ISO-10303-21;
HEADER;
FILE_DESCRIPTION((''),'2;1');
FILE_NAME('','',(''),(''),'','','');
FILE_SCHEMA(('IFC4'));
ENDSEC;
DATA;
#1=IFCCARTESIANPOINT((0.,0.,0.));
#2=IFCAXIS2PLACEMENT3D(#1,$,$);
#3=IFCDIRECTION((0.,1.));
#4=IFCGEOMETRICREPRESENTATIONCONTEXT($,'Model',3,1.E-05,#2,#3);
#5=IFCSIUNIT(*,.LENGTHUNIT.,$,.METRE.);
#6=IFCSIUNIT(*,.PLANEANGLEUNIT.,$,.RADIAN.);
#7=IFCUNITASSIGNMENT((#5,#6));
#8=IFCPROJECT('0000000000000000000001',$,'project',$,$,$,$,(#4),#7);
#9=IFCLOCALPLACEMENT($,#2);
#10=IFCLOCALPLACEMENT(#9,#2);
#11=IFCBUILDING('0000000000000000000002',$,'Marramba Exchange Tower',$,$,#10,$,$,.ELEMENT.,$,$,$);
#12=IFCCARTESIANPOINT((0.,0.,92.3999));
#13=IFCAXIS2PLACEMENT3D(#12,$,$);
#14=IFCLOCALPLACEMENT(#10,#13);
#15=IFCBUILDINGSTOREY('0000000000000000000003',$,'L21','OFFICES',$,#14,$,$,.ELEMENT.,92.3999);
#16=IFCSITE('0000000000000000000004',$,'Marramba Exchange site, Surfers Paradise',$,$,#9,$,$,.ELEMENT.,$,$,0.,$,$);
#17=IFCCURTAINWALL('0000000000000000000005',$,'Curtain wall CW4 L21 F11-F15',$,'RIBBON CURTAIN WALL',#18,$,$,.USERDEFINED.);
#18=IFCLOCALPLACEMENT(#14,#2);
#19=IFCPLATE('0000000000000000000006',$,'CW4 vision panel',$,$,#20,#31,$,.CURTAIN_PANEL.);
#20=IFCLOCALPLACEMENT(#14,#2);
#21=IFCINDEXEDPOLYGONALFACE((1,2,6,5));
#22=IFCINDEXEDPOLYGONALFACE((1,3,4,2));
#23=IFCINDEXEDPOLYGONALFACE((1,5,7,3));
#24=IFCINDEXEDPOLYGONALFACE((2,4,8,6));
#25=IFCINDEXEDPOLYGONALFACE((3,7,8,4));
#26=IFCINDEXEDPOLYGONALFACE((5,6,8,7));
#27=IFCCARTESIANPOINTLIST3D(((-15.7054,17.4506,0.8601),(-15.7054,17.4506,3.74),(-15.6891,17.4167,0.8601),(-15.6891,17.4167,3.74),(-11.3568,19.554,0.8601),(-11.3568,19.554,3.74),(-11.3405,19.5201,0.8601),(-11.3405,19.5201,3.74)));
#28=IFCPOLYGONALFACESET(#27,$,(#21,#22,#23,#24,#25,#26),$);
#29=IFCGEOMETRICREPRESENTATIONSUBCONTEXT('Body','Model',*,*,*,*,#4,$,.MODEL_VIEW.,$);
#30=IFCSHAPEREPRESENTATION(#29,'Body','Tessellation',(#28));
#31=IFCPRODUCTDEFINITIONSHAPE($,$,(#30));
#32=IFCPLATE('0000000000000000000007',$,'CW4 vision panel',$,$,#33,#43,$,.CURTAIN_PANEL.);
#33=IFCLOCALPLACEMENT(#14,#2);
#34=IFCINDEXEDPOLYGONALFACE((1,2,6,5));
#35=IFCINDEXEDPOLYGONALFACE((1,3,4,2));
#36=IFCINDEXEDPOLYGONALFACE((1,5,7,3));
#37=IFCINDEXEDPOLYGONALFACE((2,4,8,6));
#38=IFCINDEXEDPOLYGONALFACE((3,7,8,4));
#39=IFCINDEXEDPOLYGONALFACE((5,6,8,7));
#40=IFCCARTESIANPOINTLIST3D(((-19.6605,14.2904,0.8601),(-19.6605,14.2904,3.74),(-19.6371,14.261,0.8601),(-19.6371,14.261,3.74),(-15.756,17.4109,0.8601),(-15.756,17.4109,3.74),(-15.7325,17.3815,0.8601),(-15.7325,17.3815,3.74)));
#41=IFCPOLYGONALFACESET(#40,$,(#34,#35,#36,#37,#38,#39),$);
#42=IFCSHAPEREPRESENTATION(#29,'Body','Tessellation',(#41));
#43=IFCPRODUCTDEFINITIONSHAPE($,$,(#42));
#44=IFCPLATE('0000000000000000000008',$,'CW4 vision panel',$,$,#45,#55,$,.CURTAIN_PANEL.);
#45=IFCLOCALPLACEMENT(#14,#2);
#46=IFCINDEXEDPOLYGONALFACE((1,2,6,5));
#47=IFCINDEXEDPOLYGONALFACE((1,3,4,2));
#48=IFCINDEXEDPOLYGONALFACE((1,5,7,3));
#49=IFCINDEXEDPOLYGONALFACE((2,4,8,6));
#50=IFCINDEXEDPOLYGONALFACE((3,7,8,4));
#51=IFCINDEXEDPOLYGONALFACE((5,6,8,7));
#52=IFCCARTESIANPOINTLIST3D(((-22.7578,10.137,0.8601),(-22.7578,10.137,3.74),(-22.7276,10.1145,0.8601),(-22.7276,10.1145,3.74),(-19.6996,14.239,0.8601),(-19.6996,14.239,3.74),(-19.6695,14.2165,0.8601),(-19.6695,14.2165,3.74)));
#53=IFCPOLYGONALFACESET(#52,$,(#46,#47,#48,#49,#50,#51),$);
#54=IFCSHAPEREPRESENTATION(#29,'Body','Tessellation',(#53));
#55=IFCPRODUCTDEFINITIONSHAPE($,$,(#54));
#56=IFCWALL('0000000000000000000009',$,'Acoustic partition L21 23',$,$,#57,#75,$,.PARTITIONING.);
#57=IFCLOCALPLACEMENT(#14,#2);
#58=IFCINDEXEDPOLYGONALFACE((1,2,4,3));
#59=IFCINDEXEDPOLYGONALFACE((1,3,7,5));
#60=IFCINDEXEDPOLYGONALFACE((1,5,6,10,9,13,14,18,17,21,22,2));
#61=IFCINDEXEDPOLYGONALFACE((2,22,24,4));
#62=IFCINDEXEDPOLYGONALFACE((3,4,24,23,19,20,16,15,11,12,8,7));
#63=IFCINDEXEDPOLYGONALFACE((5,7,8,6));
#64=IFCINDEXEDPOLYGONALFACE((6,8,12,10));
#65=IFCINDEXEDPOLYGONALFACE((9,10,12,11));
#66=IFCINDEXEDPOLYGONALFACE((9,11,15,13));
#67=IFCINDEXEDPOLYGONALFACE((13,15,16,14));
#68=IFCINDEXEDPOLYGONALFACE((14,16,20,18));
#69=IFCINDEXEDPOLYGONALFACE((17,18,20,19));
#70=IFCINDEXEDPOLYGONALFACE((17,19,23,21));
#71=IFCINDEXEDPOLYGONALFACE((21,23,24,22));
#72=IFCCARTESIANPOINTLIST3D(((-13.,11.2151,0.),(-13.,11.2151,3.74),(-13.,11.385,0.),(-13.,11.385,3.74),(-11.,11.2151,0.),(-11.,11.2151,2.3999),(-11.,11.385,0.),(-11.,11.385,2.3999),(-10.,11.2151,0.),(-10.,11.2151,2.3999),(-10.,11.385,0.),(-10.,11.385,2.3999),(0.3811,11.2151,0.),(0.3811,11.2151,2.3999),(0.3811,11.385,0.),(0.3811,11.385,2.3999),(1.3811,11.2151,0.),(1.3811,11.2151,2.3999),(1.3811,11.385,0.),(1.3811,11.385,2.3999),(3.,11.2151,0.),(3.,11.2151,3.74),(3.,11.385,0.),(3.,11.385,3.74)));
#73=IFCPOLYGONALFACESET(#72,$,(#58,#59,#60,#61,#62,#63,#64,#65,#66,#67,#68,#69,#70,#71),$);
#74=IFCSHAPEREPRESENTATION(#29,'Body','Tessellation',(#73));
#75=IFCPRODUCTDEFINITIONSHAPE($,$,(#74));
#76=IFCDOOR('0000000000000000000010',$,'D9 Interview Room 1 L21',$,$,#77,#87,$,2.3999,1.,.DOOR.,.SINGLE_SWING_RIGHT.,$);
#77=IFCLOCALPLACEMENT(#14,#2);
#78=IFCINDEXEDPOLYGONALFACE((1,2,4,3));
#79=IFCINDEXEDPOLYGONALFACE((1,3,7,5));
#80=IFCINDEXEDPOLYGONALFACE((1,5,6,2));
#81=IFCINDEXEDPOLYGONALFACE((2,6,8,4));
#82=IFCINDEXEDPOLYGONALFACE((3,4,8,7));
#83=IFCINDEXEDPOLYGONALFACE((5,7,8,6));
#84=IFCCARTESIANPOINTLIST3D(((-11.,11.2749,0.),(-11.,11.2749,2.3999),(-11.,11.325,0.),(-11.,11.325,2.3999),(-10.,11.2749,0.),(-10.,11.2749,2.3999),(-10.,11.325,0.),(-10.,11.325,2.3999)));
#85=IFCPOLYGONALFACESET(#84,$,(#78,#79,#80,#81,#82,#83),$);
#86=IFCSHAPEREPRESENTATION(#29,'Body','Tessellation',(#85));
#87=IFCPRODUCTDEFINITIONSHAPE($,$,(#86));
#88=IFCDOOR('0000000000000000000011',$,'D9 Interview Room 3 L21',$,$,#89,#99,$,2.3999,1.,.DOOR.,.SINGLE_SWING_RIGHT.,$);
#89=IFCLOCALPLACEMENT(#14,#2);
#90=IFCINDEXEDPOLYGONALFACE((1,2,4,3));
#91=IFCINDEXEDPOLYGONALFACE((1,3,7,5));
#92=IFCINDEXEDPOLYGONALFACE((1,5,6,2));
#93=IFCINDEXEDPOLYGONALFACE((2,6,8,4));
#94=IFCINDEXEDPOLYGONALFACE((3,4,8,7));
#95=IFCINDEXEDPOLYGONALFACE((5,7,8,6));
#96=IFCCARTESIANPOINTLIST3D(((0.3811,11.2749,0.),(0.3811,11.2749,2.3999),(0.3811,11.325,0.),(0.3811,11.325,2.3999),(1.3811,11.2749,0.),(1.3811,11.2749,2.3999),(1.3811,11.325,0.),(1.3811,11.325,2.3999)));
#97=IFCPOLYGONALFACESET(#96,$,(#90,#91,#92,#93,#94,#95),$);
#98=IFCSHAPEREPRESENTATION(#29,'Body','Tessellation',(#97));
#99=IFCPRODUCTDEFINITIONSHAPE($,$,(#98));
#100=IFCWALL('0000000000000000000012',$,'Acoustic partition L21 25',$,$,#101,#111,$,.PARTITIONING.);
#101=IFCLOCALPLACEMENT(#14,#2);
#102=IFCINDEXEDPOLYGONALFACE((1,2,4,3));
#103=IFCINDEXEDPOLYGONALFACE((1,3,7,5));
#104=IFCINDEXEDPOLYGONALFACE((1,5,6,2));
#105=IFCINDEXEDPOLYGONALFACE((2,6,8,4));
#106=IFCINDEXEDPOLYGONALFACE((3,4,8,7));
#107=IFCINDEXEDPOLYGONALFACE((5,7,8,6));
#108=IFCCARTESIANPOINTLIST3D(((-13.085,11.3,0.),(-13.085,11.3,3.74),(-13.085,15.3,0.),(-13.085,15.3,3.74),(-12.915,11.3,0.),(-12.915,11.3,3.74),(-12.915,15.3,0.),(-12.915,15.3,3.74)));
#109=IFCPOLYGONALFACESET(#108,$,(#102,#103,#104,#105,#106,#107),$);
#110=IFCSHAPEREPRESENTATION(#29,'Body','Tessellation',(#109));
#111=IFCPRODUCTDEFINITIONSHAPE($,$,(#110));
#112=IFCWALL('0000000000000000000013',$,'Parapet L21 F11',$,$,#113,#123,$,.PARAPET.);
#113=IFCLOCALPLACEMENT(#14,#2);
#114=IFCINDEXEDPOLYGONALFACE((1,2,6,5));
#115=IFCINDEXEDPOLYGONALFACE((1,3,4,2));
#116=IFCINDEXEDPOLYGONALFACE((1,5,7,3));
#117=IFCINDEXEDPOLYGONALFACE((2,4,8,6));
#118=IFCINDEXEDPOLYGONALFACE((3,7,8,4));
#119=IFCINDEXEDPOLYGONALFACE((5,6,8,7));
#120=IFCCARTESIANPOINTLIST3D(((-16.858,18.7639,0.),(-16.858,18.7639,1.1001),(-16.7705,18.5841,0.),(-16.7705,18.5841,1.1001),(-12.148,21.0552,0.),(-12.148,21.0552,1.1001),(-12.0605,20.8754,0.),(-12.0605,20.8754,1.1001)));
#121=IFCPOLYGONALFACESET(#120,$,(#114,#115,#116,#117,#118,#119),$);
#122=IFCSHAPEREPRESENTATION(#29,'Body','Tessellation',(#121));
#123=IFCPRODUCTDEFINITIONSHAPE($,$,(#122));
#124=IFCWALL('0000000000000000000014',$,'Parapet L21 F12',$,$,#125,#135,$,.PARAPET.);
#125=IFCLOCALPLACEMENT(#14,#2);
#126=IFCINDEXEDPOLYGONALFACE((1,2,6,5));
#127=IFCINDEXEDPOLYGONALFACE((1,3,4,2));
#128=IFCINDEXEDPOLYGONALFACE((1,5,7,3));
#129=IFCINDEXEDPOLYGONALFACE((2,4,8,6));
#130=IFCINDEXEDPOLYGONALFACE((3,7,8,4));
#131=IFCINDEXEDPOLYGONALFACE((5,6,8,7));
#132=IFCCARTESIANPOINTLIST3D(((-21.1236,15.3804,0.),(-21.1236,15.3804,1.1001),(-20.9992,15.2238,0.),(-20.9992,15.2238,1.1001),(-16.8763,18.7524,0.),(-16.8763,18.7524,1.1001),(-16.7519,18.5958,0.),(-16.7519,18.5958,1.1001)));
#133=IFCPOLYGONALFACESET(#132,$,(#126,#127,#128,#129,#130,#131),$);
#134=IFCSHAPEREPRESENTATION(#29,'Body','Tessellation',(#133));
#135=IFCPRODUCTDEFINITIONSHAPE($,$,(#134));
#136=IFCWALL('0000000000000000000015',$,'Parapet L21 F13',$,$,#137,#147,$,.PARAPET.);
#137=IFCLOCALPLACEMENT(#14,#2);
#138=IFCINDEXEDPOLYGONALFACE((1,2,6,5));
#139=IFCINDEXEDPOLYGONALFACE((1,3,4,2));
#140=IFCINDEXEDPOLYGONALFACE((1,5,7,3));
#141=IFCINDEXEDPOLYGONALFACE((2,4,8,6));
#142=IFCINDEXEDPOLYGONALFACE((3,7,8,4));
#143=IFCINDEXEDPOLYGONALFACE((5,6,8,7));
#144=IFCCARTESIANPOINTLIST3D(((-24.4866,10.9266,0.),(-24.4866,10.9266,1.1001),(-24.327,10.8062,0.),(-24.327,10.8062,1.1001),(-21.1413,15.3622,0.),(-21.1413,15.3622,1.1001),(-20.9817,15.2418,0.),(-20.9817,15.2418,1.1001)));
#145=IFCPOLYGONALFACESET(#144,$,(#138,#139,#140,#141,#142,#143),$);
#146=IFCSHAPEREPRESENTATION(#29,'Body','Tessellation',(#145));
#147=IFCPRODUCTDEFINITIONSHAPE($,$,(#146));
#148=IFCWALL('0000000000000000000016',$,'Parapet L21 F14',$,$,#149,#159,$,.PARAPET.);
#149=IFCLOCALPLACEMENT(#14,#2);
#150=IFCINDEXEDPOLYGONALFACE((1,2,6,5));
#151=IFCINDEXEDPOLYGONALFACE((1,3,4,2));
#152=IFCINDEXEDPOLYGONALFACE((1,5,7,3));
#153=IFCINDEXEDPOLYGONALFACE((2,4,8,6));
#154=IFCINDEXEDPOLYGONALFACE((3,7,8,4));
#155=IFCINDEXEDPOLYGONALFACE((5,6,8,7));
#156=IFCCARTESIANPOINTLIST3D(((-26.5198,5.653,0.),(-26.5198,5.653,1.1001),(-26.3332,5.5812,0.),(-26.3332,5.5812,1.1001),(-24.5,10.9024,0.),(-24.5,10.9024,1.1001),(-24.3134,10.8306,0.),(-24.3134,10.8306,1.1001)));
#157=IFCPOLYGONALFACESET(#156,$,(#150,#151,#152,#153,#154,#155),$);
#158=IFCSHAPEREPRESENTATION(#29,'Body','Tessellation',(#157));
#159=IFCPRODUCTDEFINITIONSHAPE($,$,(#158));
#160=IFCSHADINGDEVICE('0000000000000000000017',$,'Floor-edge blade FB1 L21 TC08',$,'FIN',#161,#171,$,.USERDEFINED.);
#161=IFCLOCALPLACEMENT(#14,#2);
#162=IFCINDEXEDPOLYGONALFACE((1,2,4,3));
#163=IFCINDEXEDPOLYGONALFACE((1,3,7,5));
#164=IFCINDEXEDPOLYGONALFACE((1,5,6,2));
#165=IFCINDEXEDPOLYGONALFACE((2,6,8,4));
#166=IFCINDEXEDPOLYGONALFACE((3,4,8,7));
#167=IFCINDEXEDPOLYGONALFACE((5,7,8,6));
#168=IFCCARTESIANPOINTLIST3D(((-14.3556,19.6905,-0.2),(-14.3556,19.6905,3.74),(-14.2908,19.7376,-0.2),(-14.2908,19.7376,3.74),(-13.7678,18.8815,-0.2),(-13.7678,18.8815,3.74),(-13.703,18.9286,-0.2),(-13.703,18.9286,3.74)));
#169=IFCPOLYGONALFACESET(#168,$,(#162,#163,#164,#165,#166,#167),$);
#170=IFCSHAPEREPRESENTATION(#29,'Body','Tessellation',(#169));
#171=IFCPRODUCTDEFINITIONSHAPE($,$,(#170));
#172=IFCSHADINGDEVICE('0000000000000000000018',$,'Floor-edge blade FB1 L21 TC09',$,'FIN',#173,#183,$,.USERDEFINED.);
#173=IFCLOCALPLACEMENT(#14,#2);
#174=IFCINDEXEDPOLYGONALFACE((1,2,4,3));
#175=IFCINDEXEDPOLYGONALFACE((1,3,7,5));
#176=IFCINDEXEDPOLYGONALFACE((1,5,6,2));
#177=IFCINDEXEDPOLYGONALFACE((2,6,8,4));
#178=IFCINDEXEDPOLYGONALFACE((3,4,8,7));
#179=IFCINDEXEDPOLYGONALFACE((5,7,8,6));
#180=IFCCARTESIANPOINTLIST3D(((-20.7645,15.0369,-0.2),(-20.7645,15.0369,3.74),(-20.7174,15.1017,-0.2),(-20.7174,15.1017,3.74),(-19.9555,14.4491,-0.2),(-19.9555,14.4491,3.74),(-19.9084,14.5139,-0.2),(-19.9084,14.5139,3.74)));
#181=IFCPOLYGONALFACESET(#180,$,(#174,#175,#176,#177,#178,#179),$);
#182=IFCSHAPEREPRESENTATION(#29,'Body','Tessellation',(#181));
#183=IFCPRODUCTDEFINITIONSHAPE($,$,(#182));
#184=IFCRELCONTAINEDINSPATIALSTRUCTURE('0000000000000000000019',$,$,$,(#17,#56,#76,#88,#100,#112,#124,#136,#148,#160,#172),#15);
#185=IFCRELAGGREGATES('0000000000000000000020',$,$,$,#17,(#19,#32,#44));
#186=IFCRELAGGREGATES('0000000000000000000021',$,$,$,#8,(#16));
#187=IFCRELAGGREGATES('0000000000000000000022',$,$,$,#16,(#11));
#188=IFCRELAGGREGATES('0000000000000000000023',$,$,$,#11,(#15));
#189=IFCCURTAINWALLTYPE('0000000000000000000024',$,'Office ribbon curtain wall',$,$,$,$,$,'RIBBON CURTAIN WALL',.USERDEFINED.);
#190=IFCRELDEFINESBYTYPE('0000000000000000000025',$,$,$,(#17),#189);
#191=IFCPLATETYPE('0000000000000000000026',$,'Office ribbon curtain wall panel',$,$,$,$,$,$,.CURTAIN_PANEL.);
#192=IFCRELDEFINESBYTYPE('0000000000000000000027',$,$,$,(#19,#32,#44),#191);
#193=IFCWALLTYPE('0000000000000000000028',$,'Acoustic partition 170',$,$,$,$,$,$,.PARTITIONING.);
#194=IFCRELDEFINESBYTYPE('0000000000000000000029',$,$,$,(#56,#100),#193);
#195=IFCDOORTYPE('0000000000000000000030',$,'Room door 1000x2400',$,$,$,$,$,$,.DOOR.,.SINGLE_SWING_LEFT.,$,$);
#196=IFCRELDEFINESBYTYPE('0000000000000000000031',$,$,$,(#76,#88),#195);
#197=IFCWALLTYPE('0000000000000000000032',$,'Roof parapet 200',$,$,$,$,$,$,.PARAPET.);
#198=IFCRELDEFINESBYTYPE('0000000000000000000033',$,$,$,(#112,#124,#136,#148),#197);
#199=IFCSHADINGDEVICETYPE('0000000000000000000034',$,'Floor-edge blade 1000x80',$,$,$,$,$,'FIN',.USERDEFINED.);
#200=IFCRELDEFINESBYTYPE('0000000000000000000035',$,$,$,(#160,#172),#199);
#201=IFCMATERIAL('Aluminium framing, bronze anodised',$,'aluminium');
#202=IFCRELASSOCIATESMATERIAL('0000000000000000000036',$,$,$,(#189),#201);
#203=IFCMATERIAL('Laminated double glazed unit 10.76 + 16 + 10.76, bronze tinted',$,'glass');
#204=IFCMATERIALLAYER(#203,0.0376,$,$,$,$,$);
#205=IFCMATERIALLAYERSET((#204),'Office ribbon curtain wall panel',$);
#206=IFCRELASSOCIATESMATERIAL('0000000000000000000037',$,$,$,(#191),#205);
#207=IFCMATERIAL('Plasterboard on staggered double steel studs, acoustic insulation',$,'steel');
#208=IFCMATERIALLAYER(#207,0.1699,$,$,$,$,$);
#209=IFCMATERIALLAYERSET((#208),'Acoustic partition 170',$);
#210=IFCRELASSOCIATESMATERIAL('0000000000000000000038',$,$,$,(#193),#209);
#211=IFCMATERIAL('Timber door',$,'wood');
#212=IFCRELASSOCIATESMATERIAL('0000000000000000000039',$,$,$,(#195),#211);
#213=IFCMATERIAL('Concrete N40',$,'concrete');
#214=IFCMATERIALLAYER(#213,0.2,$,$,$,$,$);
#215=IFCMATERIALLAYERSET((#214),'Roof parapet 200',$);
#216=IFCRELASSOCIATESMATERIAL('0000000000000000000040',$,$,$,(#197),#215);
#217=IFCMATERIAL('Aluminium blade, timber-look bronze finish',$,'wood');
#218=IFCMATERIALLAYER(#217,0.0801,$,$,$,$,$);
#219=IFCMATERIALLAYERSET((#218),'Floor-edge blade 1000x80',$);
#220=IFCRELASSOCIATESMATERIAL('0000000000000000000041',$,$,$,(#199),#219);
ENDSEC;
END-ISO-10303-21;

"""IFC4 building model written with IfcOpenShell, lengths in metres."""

from ifc_helpers import new_model, si_unit, direction, frame, frame_2d, origin, origin_2d, place, context, subcontext, project, spatial, rectangle, extrude, material, layer, layer_set, type_object, element, fill, aggregate, save


model = new_model("IFC4")

# Units and contexts
model_context = context("Model", 3, precision=1e-05, world=origin(), true_north=direction((0.0, 1.0)))
body_context = subcontext(model_context, "Body", "Model", "MODEL_VIEW")
ifc_project = project(units=[si_unit("LENGTHUNIT", "METRE"), si_unit("PLANEANGLEUNIT", "RADIAN")], contexts=[model_context])

# Site, building, storey
site_placement = place(None, origin())
site = spatial("IfcSite", under=ifc_project, at=site_placement, Name="Marramba Exchange site, Surfers Paradise", CompositionType="ELEMENT", RefElevation=0.0)
building_placement = place(site_placement, origin())
building = spatial("IfcBuilding", under=site, at=building_placement, Name="Marramba Exchange Tower", CompositionType="ELEMENT")
storey_placement = place(building_placement, frame((0.0, 0.0, 92.3999)))
storey = spatial("IfcBuildingStorey", under=building, at=storey_placement, Name="L21", Description="OFFICES", CompositionType="ELEMENT", Elevation=92.3999)

# Curtain wall
ifc_material_1 = material(Name="Aluminium framing, bronze anodised", Category="aluminium")
curtain_wall_type = type_object("IfcCurtainWallType", Name="Office ribbon curtain wall", ElementType="RIBBON CURTAIN WALL", PredefinedType="USERDEFINED", material=ifc_material_1)
curtain_wall_placement = place(storey_placement, origin())
curtain_wall = element("IfcCurtainWall", 1, at=curtain_wall_placement, inside=storey, type_object=curtain_wall_type, Name="Curtain wall CW4 L21 F11-F15", ObjectType="RIBBON CURTAIN WALL", PredefinedType="USERDEFINED")

# Plates
ifc_material_2 = material(Name="Laminated double glazed unit 10.76 + 16 + 10.76, bronze tinted", Category="glass")
ifc_layer_1 = layer(ifc_material_2, 0.0376)
ifc_layer_set_1 = layer_set([ifc_layer_1], Name="Office ribbon curtain wall panel")
plate_type = type_object("IfcPlateType", Name="Office ribbon curtain wall panel", PredefinedType="CURTAIN_PANEL", material=ifc_layer_set_1)
plate_1_placement = place(storey_placement, frame((-13.5229, 18.4854, 0.8601), z_axis=(0.0, 0.0, 1.0), x_axis=(-0.900224, -0.435428, 0.0)))
plate_1 = element("IfcPlate", 2, at=plate_1_placement, type_object=plate_type, Name="CW4 vision panel", PredefinedType="CURTAIN_PANEL", context=body_context, shape_type="SweptSolid", body=[
    extrude(rectangle(XDim=4.8306, YDim=0.0376, at=origin_2d()), origin(), (0.0, 0.0, 1.0), 2.8799),
])
plate_2_placement = place(storey_placement, frame((-17.6965, 15.8359, 0.8601), z_axis=(0.0, 0.0, 1.0), x_axis=(-0.781178, -0.624308, 0.0)))
plate_2 = element("IfcPlate", 3, at=plate_2_placement, type_object=plate_type, Name="CW4 vision panel", PredefinedType="CURTAIN_PANEL", context=body_context, shape_type="SweptSolid", body=[
    extrude(rectangle(XDim=4.9983, YDim=0.0376, at=origin_2d()), origin(), (0.0, 0.0, 1.0), 2.8799),
])
plate_3_placement = place(storey_placement, frame((-21.2136, 12.1768, 0.8601), z_axis=(0.0, 0.0, 1.0), x_axis=(-0.597704, -0.801717, 0.0)))
plate_3 = element("IfcPlate", 4, at=plate_3_placement, type_object=plate_type, Name="CW4 vision panel", PredefinedType="CURTAIN_PANEL", context=body_context, shape_type="SweptSolid", body=[
    extrude(rectangle(XDim=5.1165, YDim=0.0376, at=origin_2d()), origin(), (0.0, 0.0, 1.0), 2.8799),
])
aggregate(curtain_wall, [plate_1, plate_2, plate_3])

# Wall, openings, doors
ifc_material_3 = material(Name="Plasterboard on staggered double steel studs, acoustic insulation", Category="steel")
ifc_layer_2 = layer(ifc_material_3, 0.1699)
ifc_layer_set_2 = layer_set([ifc_layer_2], Name="Acoustic partition 170")
wall_type_1 = type_object("IfcWallType", Name="Acoustic partition 170", PredefinedType="PARTITIONING", material=ifc_layer_set_2)
wall_1_placement = place(storey_placement, frame((-13.0, 11.3, 0.0), z_axis=(0.0, 0.0, 1.0), x_axis=(1.0, 0.0, 0.0)))
wall_1 = element("IfcWall", 5, at=wall_1_placement, inside=storey, type_object=wall_type_1, Name="Acoustic partition L21 23", PredefinedType="PARTITIONING", context=body_context, shape_type="SweptSolid", body=[
    extrude(rectangle(XDim=16.0, YDim=0.1699, at=frame_2d((8.0, 0.0))), origin(), (0.0, 0.0, 1.0), 3.74),
])
opening_1_placement = place(wall_1_placement, frame((2.0, 0.0, 0.0)))
opening_1 = element("IfcOpeningElement", 6, at=opening_1_placement, cuts=wall_1, PredefinedType="OPENING", context=body_context, shape_type="SweptSolid", body=[
    extrude(rectangle(XDim=1.0, YDim=2.3999, at=frame_2d((0.5, 1.2))), frame((0.0, 0.095, 0.0), z_axis=(0.0, -1.0, 0.0), x_axis=(1.0, 0.0, 0.0)), (0.0, 0.0, 1.0), 0.1899),
])
opening_2_placement = place(wall_1_placement, frame((13.3811, 0.0, 0.0)))
opening_2 = element("IfcOpeningElement", 7, at=opening_2_placement, cuts=wall_1, PredefinedType="OPENING", context=body_context, shape_type="SweptSolid", body=[
    extrude(rectangle(XDim=1.0, YDim=2.3999, at=frame_2d((0.5, 1.2))), frame((0.0, 0.095, 0.0), z_axis=(0.0, -1.0, 0.0), x_axis=(1.0, 0.0, 0.0)), (0.0, 0.0, 1.0), 0.1899),
])
ifc_material_4 = material(Name="Timber door", Category="wood")
door_type = type_object("IfcDoorType", Name="Room door 1000x2400", OperationType="SINGLE_SWING_LEFT", PredefinedType="DOOR", material=ifc_material_4)
door_1_placement = place(opening_1_placement, origin())
door_1 = element("IfcDoor", 8, at=door_1_placement, inside=storey, type_object=door_type, Name="D9 Interview Room 1 L21", OperationType="SINGLE_SWING_RIGHT", OverallHeight=2.3999, OverallWidth=1.0, PredefinedType="DOOR", context=body_context, shape_type="SweptSolid", body=[
    extrude(rectangle(XDim=1.0, YDim=2.3999, at=frame_2d((0.5, 1.2))), frame((0.0, 0.0249, 0.0), z_axis=(0.0, -1.0, 0.0), x_axis=(1.0, 0.0, 0.0)), (0.0, 0.0, 1.0), 0.05),
])
fill(opening_1, door_1)
door_2_placement = place(opening_2_placement, origin())
door_2 = element("IfcDoor", 9, at=door_2_placement, inside=storey, type_object=door_type, Name="D9 Interview Room 3 L21", OperationType="SINGLE_SWING_RIGHT", OverallHeight=2.3999, OverallWidth=1.0, PredefinedType="DOOR", context=body_context, shape_type="SweptSolid", body=[
    extrude(rectangle(XDim=1.0, YDim=2.3999, at=frame_2d((0.5, 1.2))), frame((0.0, 0.0249, 0.0), z_axis=(0.0, -1.0, 0.0), x_axis=(1.0, 0.0, 0.0)), (0.0, 0.0, 1.0), 0.05),
])
fill(opening_2, door_2)

# Walls
wall_2_placement = place(storey_placement, frame((-13.0, 15.3, 0.0), z_axis=(0.0, 0.0, 1.0), x_axis=(0.0, -1.0, 0.0)))
element("IfcWall", 10, at=wall_2_placement, inside=storey, type_object=wall_type_1, Name="Acoustic partition L21 25", PredefinedType="PARTITIONING", context=body_context, shape_type="SweptSolid", body=[
    extrude(rectangle(XDim=4.0, YDim=0.1699, at=frame_2d((2.0, 0.0))), origin(), (0.0, 0.0, 1.0), 3.74),
])
ifc_material_5 = material(Name="Concrete N40", Category="concrete")
ifc_layer_3 = layer(ifc_material_5, 0.2)
ifc_layer_set_3 = layer_set([ifc_layer_3], Name="Roof parapet 200")
wall_type_2 = type_object("IfcWallType", Name="Roof parapet 200", PredefinedType="PARAPET", material=ifc_layer_set_3)
wall_3_placement = place(storey_placement, frame((-12.1042, 20.9653, 0.0), z_axis=(0.0, 0.0, 1.0), x_axis=(-0.899241, -0.437455, 0.0)))
element("IfcWall", 11, at=wall_3_placement, inside=storey, type_object=wall_type_2, Name="Parapet L21 F11", PredefinedType="PARAPET", context=body_context, shape_type="SweptSolid", body=[
    extrude(rectangle(XDim=5.2378, YDim=0.2, at=frame_2d((2.6189, 0.0))), origin(), (0.0, 0.0, 1.0), 1.1001),
])
wall_4_placement = place(storey_placement, frame((-16.8142, 18.6741, 0.0), z_axis=(0.0, 0.0, 1.0), x_axis=(-0.783182, -0.621792, 0.0)))
element("IfcWall", 12, at=wall_4_placement, inside=storey, type_object=wall_type_2, Name="Parapet L21 F12", PredefinedType="PARAPET", context=body_context, shape_type="SweptSolid", body=[
    extrude(rectangle(XDim=5.4231, YDim=0.2, at=frame_2d((2.7114, 0.0))), origin(), (0.0, 0.0, 1.0), 1.1001),
])
wall_5_placement = place(storey_placement, frame((-21.0615, 15.302, 0.0), z_axis=(0.0, 0.0, 1.0), x_axis=(-0.602135, -0.798394, 0.0)))
element("IfcWall", 13, at=wall_5_placement, inside=storey, type_object=wall_type_2, Name="Parapet L21 F13", PredefinedType="PARAPET", context=body_context, shape_type="SweptSolid", body=[
    extrude(rectangle(XDim=5.5557, YDim=0.2, at=frame_2d((2.7778, 0.0))), origin(), (0.0, 0.0, 1.0), 1.1001),
])
wall_6_placement = place(storey_placement, frame((-24.4067, 10.8665, 0.0), z_axis=(0.0, 0.0, 1.0), x_axis=(-0.359107, -0.933296, 0.0)))
element("IfcWall", 14, at=wall_6_placement, inside=storey, type_object=wall_type_2, Name="Parapet L21 F14", PredefinedType="PARAPET", context=body_context, shape_type="SweptSolid", body=[
    extrude(rectangle(XDim=5.6245, YDim=0.2, at=frame_2d((2.8123, 0.0))), origin(), (0.0, 0.0, 1.0), 1.1001),
])

# Shading devices
ifc_material_6 = material(Name="Aluminium blade, timber-look bronze finish", Category="wood")
ifc_layer_4 = layer(ifc_material_6, 0.0801)
ifc_layer_set_4 = layer_set([ifc_layer_4], Name="Floor-edge blade 1000x80")
shading_device_type_1 = type_object("IfcShadingDeviceType", Name="Floor-edge blade 1000x80", ElementType="FIN", PredefinedType="USERDEFINED", material=ifc_layer_set_4)
for number, where, z_axis, x_axis, name in (
    (15, (-14.0293, 19.3096, -0.2), (0.0, 0.0, 1.0), (-0.587785, 0.809017, 0.0), "Floor-edge blade FB1 L21 TC08"),
    (16, (-20.3364, 14.7754, -0.2), (0.0, 0.0, 1.0), (-0.809017, 0.587785, 0.0), "Floor-edge blade FB1 L21 TC09"),
):
    element("IfcShadingDevice", number, at=place(storey_placement, frame(where, z_axis=z_axis, x_axis=x_axis)), inside=storey, type_object=shading_device_type_1, Name=name, ObjectType="FIN", PredefinedType="USERDEFINED", context=body_context, shape_type="SweptSolid", body=[
        extrude(rectangle(XDim=1.0, YDim=0.0801, at=origin_2d()), origin(), (0.0, 0.0, 1.0), 3.9399),
    ])

save(model, "model.ifc")
